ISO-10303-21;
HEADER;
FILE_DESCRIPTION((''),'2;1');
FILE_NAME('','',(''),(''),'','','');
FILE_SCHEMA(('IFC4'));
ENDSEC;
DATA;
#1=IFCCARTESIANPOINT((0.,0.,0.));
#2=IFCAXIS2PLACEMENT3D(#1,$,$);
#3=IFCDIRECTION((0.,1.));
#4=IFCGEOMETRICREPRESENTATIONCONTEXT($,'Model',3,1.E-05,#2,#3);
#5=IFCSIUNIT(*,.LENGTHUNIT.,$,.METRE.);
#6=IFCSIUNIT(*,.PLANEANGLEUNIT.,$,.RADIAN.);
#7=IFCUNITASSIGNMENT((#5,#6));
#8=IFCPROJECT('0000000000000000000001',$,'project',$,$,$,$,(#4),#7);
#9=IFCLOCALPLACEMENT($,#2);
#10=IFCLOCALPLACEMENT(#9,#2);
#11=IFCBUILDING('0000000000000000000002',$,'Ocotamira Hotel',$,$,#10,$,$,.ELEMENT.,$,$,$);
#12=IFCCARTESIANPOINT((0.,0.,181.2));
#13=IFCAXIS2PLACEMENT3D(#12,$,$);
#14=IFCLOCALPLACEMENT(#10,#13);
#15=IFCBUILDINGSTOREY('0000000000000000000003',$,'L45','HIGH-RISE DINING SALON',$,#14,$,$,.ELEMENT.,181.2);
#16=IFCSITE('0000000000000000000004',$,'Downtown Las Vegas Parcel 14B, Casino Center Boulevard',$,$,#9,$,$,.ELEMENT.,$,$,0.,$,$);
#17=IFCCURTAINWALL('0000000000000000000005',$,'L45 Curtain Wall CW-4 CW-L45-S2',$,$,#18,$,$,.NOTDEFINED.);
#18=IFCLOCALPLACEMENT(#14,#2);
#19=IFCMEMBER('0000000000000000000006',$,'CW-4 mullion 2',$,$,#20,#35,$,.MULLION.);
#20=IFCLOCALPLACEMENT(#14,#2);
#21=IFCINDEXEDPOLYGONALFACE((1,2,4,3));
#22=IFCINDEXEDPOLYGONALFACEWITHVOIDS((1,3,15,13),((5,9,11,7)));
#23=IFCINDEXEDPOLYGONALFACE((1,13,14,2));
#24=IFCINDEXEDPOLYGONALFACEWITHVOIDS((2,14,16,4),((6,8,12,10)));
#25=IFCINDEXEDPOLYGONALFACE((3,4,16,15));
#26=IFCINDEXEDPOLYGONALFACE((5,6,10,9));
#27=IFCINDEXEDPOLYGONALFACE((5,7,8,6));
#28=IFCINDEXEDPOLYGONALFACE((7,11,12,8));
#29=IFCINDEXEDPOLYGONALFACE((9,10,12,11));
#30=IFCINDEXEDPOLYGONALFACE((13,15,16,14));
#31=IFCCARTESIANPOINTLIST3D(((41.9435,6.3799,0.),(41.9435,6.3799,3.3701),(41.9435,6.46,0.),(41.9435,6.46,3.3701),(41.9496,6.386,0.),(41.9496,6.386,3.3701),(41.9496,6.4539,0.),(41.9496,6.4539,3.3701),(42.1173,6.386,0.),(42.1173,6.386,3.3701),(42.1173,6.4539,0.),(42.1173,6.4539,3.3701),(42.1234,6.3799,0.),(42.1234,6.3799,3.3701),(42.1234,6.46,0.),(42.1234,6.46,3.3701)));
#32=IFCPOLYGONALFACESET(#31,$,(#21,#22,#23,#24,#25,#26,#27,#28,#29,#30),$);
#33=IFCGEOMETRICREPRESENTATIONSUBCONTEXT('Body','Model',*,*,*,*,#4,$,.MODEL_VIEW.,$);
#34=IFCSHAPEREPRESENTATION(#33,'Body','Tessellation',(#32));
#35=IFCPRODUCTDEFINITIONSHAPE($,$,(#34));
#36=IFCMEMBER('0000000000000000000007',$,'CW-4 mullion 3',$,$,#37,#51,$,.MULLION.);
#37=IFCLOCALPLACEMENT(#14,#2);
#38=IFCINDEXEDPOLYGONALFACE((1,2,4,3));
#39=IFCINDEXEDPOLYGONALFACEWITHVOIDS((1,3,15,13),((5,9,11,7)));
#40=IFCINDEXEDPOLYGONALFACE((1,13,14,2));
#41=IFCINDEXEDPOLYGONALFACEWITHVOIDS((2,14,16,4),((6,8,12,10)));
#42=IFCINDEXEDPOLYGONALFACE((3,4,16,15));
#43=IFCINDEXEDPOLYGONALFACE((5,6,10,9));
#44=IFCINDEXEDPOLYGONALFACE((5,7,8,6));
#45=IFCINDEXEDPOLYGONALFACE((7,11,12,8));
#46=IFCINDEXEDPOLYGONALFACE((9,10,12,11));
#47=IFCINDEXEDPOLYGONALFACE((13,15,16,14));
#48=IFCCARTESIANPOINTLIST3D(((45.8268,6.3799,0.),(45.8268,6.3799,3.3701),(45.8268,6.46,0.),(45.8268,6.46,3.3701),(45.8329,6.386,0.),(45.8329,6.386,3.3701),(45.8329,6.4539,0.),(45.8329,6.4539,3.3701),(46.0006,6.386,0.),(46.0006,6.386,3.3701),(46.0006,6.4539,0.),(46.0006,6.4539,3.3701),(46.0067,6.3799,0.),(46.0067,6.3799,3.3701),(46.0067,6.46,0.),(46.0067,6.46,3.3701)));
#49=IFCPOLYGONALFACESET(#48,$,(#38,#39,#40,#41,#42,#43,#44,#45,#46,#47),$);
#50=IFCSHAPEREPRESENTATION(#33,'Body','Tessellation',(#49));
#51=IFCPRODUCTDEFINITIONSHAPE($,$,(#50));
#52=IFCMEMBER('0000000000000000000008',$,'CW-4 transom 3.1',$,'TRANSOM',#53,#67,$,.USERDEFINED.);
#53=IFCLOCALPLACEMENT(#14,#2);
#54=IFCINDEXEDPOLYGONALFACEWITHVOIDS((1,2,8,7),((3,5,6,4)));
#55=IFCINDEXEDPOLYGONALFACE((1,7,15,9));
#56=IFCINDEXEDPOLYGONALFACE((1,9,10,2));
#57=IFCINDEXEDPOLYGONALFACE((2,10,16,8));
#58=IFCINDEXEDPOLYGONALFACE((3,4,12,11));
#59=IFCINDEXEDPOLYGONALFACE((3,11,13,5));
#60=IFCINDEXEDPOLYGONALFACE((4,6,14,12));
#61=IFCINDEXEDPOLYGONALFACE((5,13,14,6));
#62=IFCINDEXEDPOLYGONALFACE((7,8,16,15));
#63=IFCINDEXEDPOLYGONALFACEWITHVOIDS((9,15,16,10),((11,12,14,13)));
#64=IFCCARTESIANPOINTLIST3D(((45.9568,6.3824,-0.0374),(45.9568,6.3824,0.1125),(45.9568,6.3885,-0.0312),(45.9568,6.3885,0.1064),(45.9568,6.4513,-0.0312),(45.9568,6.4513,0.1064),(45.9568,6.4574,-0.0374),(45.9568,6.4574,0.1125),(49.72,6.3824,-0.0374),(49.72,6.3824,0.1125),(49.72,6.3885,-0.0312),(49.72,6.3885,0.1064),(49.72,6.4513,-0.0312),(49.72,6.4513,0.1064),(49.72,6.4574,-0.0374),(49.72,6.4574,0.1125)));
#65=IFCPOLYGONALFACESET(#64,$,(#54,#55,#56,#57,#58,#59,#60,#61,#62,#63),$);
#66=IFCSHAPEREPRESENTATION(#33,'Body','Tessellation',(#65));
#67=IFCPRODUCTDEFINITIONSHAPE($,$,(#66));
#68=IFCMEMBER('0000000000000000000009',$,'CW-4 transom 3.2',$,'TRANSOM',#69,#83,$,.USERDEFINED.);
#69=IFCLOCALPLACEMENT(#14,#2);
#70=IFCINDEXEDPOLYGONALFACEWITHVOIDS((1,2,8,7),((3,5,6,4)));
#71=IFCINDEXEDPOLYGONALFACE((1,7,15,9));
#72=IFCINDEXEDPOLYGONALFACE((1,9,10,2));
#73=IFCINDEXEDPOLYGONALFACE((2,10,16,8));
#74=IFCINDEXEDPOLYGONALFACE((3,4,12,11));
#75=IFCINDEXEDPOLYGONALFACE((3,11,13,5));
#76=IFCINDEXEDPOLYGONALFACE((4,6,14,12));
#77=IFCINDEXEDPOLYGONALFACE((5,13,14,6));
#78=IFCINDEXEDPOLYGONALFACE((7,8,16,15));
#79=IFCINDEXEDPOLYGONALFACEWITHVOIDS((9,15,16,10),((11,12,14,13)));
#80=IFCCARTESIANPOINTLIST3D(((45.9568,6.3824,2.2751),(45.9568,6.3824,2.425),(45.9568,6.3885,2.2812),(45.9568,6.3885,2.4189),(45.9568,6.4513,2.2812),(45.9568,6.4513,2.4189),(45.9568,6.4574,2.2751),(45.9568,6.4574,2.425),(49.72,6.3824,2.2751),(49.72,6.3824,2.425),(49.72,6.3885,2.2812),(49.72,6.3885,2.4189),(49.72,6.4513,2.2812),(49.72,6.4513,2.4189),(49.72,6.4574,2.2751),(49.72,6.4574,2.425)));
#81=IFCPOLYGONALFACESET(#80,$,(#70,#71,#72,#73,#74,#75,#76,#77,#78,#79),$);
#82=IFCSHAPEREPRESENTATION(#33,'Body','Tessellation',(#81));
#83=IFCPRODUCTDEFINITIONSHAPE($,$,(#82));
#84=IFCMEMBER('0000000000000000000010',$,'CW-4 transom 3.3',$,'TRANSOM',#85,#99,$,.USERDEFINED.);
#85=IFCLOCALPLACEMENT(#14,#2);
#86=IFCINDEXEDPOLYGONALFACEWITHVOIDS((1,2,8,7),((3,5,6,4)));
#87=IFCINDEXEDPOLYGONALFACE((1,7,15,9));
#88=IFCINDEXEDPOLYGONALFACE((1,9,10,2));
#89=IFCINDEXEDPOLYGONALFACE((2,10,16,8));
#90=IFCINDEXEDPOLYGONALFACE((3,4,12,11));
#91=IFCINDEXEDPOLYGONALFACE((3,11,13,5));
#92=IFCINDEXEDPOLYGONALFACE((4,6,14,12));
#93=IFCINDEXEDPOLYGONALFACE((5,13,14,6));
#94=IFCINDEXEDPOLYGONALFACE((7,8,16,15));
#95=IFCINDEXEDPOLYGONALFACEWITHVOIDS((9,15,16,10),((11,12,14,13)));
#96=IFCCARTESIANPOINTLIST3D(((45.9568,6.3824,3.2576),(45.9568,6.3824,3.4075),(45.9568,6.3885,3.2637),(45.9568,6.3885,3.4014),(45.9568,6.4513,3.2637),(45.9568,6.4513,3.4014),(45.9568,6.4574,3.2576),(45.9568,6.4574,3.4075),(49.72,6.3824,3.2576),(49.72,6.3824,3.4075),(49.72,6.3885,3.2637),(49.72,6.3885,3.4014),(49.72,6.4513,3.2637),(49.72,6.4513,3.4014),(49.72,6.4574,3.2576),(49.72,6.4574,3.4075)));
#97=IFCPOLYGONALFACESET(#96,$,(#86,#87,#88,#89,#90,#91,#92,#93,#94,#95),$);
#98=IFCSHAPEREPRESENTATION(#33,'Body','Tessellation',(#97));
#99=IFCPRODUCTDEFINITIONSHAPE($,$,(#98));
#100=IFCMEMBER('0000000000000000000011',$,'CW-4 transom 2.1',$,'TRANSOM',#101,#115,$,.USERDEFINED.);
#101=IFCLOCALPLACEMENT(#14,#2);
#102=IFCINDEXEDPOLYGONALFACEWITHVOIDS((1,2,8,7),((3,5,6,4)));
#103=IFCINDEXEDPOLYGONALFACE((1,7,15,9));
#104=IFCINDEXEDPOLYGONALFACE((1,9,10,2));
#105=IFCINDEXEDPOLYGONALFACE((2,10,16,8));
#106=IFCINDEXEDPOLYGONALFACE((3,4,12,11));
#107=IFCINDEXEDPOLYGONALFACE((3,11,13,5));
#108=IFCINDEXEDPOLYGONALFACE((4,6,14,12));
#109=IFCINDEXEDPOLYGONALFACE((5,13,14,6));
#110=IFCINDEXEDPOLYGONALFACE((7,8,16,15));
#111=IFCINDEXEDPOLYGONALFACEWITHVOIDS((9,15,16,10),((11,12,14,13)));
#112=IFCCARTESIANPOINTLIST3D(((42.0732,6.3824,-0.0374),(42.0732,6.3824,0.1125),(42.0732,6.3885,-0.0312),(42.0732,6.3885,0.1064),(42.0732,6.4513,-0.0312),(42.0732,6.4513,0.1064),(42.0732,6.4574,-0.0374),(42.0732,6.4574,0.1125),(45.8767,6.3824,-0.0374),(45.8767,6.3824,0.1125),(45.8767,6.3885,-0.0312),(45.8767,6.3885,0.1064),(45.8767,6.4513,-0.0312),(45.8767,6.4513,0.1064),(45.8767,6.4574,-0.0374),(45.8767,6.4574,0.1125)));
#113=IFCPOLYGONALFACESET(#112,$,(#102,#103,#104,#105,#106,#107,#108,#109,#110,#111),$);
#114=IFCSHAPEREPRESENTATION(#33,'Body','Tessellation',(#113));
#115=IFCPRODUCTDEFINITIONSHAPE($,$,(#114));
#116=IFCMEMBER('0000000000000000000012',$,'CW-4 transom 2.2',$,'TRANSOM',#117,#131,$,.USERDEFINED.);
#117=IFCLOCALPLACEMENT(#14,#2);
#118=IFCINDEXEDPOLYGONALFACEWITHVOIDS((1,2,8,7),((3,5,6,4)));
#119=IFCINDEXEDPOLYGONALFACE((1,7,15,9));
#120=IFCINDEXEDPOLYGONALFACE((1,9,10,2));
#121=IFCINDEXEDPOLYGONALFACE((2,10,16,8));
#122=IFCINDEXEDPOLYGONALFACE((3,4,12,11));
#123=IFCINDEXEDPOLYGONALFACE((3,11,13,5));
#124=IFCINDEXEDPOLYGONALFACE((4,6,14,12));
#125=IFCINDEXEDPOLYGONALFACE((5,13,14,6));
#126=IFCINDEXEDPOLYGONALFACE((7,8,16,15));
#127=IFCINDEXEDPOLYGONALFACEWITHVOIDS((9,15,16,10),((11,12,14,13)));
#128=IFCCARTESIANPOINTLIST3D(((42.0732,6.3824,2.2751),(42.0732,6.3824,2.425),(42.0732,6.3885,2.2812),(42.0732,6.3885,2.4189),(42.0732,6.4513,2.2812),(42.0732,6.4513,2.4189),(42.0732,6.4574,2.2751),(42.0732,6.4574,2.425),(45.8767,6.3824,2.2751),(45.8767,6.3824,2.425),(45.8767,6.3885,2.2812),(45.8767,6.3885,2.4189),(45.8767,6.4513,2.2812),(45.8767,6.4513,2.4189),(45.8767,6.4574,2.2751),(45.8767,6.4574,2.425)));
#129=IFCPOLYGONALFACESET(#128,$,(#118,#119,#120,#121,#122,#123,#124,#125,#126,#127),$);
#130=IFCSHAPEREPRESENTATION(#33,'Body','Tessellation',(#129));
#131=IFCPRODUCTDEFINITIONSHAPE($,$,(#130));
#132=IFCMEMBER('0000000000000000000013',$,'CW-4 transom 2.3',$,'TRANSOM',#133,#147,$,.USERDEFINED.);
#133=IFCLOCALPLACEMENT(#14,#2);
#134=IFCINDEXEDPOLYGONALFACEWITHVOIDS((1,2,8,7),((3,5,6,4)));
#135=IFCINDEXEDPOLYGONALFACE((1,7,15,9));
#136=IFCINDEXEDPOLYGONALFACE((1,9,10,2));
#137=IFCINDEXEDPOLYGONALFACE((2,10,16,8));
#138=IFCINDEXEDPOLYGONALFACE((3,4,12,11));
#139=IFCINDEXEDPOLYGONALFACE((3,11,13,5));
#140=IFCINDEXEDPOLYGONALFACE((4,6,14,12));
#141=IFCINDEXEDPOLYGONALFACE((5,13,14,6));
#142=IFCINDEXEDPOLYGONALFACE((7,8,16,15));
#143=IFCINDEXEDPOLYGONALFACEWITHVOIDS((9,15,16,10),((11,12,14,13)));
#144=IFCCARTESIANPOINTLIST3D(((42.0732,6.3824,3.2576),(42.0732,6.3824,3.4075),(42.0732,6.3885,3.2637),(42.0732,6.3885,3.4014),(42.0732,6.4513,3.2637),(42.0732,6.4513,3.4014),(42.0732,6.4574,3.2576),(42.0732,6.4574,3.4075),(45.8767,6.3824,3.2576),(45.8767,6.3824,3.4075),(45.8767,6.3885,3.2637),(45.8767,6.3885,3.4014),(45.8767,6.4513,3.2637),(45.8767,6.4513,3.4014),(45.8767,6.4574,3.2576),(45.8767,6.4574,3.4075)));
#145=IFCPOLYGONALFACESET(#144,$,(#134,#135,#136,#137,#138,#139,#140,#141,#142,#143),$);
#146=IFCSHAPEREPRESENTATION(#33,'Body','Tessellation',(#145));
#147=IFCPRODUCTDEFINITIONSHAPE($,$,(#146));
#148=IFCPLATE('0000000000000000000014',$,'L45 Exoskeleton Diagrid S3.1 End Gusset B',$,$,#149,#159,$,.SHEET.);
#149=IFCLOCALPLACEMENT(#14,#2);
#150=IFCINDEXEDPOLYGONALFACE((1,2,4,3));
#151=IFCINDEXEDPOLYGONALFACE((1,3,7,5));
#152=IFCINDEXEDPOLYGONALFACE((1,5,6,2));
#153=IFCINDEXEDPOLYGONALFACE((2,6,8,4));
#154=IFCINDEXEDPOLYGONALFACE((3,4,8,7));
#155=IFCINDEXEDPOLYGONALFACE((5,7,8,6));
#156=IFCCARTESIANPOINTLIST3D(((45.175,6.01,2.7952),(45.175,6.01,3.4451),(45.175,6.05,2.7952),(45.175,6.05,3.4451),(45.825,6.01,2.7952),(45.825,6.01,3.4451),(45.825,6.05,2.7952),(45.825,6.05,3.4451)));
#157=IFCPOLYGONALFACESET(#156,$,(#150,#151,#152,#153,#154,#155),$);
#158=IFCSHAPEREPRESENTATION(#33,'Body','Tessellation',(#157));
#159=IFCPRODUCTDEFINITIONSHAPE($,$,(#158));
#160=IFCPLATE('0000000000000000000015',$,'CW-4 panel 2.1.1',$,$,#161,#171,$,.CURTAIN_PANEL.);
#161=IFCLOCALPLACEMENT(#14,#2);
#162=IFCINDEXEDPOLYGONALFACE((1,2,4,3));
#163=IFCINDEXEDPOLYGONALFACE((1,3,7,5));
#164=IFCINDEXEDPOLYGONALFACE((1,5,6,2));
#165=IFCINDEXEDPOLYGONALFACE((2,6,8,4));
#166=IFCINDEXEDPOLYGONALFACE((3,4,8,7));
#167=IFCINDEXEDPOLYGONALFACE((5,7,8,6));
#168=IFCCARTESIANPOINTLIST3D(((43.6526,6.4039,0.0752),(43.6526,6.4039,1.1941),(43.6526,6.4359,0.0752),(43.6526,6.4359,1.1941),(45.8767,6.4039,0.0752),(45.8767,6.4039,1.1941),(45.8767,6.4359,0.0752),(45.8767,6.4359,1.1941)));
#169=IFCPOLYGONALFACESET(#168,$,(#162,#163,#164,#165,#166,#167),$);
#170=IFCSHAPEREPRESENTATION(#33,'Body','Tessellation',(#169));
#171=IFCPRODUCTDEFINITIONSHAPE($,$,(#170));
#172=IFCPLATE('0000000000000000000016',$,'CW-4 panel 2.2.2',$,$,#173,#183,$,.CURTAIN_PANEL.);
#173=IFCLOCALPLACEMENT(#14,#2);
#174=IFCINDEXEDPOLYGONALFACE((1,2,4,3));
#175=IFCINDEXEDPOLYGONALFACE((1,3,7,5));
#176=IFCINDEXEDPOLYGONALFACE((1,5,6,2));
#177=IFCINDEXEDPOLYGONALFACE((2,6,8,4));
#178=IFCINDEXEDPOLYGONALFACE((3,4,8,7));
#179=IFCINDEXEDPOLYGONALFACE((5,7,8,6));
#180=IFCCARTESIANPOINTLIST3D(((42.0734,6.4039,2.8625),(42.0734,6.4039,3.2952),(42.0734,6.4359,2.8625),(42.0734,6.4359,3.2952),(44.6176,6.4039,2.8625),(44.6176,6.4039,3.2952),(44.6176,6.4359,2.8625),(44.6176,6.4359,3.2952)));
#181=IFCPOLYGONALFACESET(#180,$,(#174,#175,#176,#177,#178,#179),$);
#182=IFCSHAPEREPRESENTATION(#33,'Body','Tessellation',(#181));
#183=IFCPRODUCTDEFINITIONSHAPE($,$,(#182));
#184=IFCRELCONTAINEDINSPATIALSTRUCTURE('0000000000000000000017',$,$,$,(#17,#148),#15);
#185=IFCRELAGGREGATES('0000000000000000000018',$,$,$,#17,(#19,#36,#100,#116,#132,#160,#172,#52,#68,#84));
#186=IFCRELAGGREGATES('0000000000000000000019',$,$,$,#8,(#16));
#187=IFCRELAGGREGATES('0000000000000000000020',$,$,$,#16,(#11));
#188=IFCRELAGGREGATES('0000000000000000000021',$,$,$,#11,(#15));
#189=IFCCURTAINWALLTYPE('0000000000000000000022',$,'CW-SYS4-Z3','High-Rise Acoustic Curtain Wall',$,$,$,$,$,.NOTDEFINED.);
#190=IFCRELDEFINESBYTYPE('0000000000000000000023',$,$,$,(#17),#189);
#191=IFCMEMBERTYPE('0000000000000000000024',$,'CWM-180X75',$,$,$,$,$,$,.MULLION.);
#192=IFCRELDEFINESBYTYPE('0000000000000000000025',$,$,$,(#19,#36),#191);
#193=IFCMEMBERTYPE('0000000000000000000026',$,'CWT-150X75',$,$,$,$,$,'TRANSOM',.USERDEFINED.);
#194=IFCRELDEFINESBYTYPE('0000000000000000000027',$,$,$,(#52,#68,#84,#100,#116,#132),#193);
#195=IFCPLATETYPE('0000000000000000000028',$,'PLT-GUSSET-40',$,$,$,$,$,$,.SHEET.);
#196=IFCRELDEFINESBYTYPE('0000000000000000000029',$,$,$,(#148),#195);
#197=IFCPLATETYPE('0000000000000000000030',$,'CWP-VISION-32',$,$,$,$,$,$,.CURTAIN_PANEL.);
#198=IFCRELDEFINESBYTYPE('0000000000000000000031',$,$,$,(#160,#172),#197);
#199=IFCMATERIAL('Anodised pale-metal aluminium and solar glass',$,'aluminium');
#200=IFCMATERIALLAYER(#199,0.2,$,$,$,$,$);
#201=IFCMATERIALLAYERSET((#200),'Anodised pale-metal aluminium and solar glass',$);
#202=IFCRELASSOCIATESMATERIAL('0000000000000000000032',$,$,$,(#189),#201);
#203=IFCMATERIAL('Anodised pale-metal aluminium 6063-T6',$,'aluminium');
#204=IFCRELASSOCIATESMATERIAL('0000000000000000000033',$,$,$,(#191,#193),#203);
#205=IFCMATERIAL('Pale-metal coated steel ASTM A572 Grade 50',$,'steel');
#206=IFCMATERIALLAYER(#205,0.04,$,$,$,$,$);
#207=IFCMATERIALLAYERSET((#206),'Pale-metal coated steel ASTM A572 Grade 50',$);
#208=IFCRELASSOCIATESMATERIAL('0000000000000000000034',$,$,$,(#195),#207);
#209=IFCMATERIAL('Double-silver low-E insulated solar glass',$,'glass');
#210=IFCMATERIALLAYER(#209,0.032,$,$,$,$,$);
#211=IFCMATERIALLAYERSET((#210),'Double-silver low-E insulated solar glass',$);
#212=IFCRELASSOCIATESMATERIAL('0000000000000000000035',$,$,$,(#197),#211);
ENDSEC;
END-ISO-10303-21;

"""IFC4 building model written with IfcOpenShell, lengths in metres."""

from ifc_helpers import new_model, si_unit, direction, frame, origin, origin_2d, place, context, subcontext, project, spatial, rectangle, hollow_rectangle, extrude, source, transform, mapped, material, layer, layer_set, material_profile, profile_set, type_object, element, aggregate, save


model = new_model("IFC4")

# Units and contexts
model_context = context("Model", 3, precision=1e-05, world=origin(), true_north=direction((0.0, 1.0)))
body_context = subcontext(model_context, "Body", "Model", "MODEL_VIEW")
ifc_project = project(units=[si_unit("LENGTHUNIT", "METRE"), si_unit("PLANEANGLEUNIT", "RADIAN")], contexts=[model_context])

# Site, building, storey
site_placement = place(None, origin())
site = spatial("IfcSite", under=ifc_project, at=site_placement, Name="Downtown Las Vegas Parcel 14B, Casino Center Boulevard", CompositionType="ELEMENT", RefElevation=0.0)
building_placement = place(site_placement, origin())
building = spatial("IfcBuilding", under=site, at=building_placement, Name="Ocotamira Hotel", CompositionType="ELEMENT")
storey_placement = place(building_placement, frame((0.0, 0.0, 181.2)))
storey = spatial("IfcBuildingStorey", under=building, at=storey_placement, Name="L45", Description="HIGH-RISE DINING SALON", CompositionType="ELEMENT", Elevation=181.2)

# Curtain wall, members
ifc_material_1 = material(Name="Anodised pale-metal aluminium and solar glass", Category="aluminium")
ifc_layer_1 = layer(ifc_material_1, 0.2)
ifc_layer_set_1 = layer_set([ifc_layer_1], Name="Anodised pale-metal aluminium and solar glass")
curtain_wall_type = type_object("IfcCurtainWallType", Name="CW-SYS4-Z3", Description="High-Rise Acoustic Curtain Wall", PredefinedType="NOTDEFINED", material=ifc_layer_set_1)
curtain_wall_placement = place(storey_placement, origin())
curtain_wall = element("IfcCurtainWall", 1, at=curtain_wall_placement, inside=storey, type_object=curtain_wall_type, Name="L45 Curtain Wall CW-4 CW-L45-S2", PredefinedType="NOTDEFINED")
ifc_material_2 = material(Name="Anodised pale-metal aluminium 6063-T6", Category="aluminium")
ifc_material_profile_1 = material_profile(ifc_material_2, hollow_rectangle(XDim=0.0801, YDim=0.1799, WallThickness=0.0061, at=origin_2d()), Name="HSS180X80X6")
ifc_profile_set_1 = profile_set([ifc_material_profile_1], Name="Anodised pale-metal aluminium 6063-T6")
member_type_1 = type_object("IfcMemberType", Name="CWM-180X75", PredefinedType="MULLION", material=ifc_profile_set_1)
shared_shape_1 = source(origin(), body_context, "Body", "SweptSolid", [
    extrude(hollow_rectangle(XDim=0.0801, YDim=0.1799, WallThickness=0.0061, at=origin_2d()), origin(), (0.0, 0.0, 1.0), 3.3701),
])
member_1_placement = place(storey_placement, frame((42.0334, 6.4199, 0.0), z_axis=(0.0, 0.0, 1.0), x_axis=(0.0, 1.0, 0.0)))
member_1 = element("IfcMember", 2, at=member_1_placement, type_object=member_type_1, Name="CW-4 mullion 2", PredefinedType="MULLION", context=body_context, shape_type="MappedRepresentation", body=[
    mapped(shared_shape_1, transform((0.0, 0.0, 0.0), scale=1.0)),
])
member_2_placement = place(storey_placement, frame((45.9167, 6.4199, 0.0), z_axis=(0.0, 0.0, 1.0), x_axis=(0.0, 1.0, 0.0)))
member_2 = element("IfcMember", 3, at=member_2_placement, type_object=member_type_1, Name="CW-4 mullion 3", PredefinedType="MULLION", context=body_context, shape_type="MappedRepresentation", body=[
    mapped(shared_shape_1, transform((0.0, 0.0, 0.0), scale=1.0)),
])
ifc_material_profile_2 = material_profile(ifc_material_2, hollow_rectangle(XDim=0.075, YDim=0.1499, WallThickness=0.0061, at=origin_2d()), Name="HSS150X75X6")
ifc_profile_set_2 = profile_set([ifc_material_profile_2], Name="Anodised pale-metal aluminium 6063-T6")
member_type_2 = type_object("IfcMemberType", Name="CWT-150X75", ElementType="TRANSOM", PredefinedType="USERDEFINED", material=ifc_profile_set_2)
shared_shape_2 = source(origin(), body_context, "Body", "SweptSolid", [
    extrude(hollow_rectangle(XDim=0.075, YDim=0.1499, WallThickness=0.0061, at=origin_2d()), origin(), (0.0, 0.0, 1.0), 3.7632),
])
member_3_placement = place(storey_placement, frame((45.9568, 6.4199, 0.0376), z_axis=(1.0, 0.0, 0.0), x_axis=(0.0, 1.0, 0.0)))
member_3 = element("IfcMember", 4, at=member_3_placement, type_object=member_type_2, Name="CW-4 transom 3.1", ObjectType="TRANSOM", PredefinedType="USERDEFINED", context=body_context, shape_type="MappedRepresentation", body=[
    mapped(shared_shape_2, transform((0.0, 0.0, 0.0), scale=1.0)),
])
member_4_placement = place(storey_placement, frame((45.9568, 6.4199, 2.3501), z_axis=(1.0, 0.0, 0.0), x_axis=(0.0, 1.0, 0.0)))
member_4 = element("IfcMember", 5, at=member_4_placement, type_object=member_type_2, Name="CW-4 transom 3.2", ObjectType="TRANSOM", PredefinedType="USERDEFINED", context=body_context, shape_type="MappedRepresentation", body=[
    mapped(shared_shape_2, transform((0.0, 0.0, 0.0), scale=1.0)),
])
member_5_placement = place(storey_placement, frame((45.9568, 6.4199, 3.3325), z_axis=(1.0, 0.0, 0.0), x_axis=(0.0, 1.0, 0.0)))
member_5 = element("IfcMember", 6, at=member_5_placement, type_object=member_type_2, Name="CW-4 transom 3.3", ObjectType="TRANSOM", PredefinedType="USERDEFINED", context=body_context, shape_type="MappedRepresentation", body=[
    mapped(shared_shape_2, transform((0.0, 0.0, 0.0), scale=1.0)),
])
shared_shape_3 = source(origin(), body_context, "Body", "SweptSolid", [
    extrude(hollow_rectangle(XDim=0.075, YDim=0.1499, WallThickness=0.0061, at=origin_2d()), origin(), (0.0, 0.0, 1.0), 3.8035),
])
member_6_placement = place(storey_placement, frame((42.0732, 6.4199, 0.0376), z_axis=(1.0, 0.0, 0.0), x_axis=(0.0, 1.0, 0.0)))
member_6 = element("IfcMember", 7, at=member_6_placement, type_object=member_type_2, Name="CW-4 transom 2.1", ObjectType="TRANSOM", PredefinedType="USERDEFINED", context=body_context, shape_type="MappedRepresentation", body=[
    mapped(shared_shape_3, transform((0.0, 0.0, 0.0), scale=1.0)),
])
member_7_placement = place(storey_placement, frame((42.0732, 6.4199, 2.3501), z_axis=(1.0, 0.0, 0.0), x_axis=(0.0, 1.0, 0.0)))
member_7 = element("IfcMember", 8, at=member_7_placement, type_object=member_type_2, Name="CW-4 transom 2.2", ObjectType="TRANSOM", PredefinedType="USERDEFINED", context=body_context, shape_type="MappedRepresentation", body=[
    mapped(shared_shape_3, transform((0.0, 0.0, 0.0), scale=1.0)),
])
member_8_placement = place(storey_placement, frame((42.0732, 6.4199, 3.3325), z_axis=(1.0, 0.0, 0.0), x_axis=(0.0, 1.0, 0.0)))
member_8 = element("IfcMember", 9, at=member_8_placement, type_object=member_type_2, Name="CW-4 transom 2.3", ObjectType="TRANSOM", PredefinedType="USERDEFINED", context=body_context, shape_type="MappedRepresentation", body=[
    mapped(shared_shape_3, transform((0.0, 0.0, 0.0), scale=1.0)),
])

# Plates
ifc_material_3 = material(Name="Pale-metal coated steel ASTM A572 Grade 50", Category="steel")
ifc_layer_2 = layer(ifc_material_3, 0.04)
ifc_layer_set_2 = layer_set([ifc_layer_2], Name="Pale-metal coated steel ASTM A572 Grade 50")
plate_type_1 = type_object("IfcPlateType", Name="PLT-GUSSET-40", PredefinedType="SHEET", material=ifc_layer_set_2)
shared_shape_4 = source(origin(), body_context, "Body", "SweptSolid", [
    extrude(rectangle(XDim=0.6499, YDim=0.04, at=origin_2d()), origin(), (0.0, 0.0, 1.0), 0.6499),
])
plate_1_placement = place(storey_placement, frame((45.5, 6.03, 2.7952), z_axis=(0.0, 0.0, 1.0), x_axis=(1.0, 0.0, 0.0)))
element("IfcPlate", 10, at=plate_1_placement, inside=storey, type_object=plate_type_1, Name="L45 Exoskeleton Diagrid S3.1 End Gusset B", PredefinedType="SHEET", context=body_context, shape_type="MappedRepresentation", body=[
    mapped(shared_shape_4, transform((0.0, 0.0, 0.0), scale=1.0)),
])
ifc_material_4 = material(Name="Double-silver low-E insulated solar glass", Category="glass")
ifc_layer_3 = layer(ifc_material_4, 0.032)
ifc_layer_set_3 = layer_set([ifc_layer_3], Name="Double-silver low-E insulated solar glass")
plate_type_2 = type_object("IfcPlateType", Name="CWP-VISION-32", PredefinedType="CURTAIN_PANEL", material=ifc_layer_set_3)
shared_shape_5 = source(origin(), body_context, "Body", "SweptSolid", [
    extrude(rectangle(XDim=2.2241, YDim=0.032, at=origin_2d()), origin(), (0.0, 0.0, 1.0), 1.1189),
])
plate_2_placement = place(storey_placement, frame((44.7646, 6.4199, 0.0752), z_axis=(0.0, 0.0, 1.0), x_axis=(1.0, 0.0, 0.0)))
plate_2 = element("IfcPlate", 11, at=plate_2_placement, type_object=plate_type_2, Name="CW-4 panel 2.1.1", PredefinedType="CURTAIN_PANEL", context=body_context, shape_type="MappedRepresentation", body=[
    mapped(shared_shape_5, transform((0.0, 0.0, 0.0), scale=1.0)),
])
shared_shape_6 = source(origin(), body_context, "Body", "SweptSolid", [
    extrude(rectangle(XDim=2.5442, YDim=0.032, at=origin_2d()), origin(), (0.0, 0.0, 1.0), 0.4326),
])
plate_3_placement = place(storey_placement, frame((43.3455, 6.4199, 2.8625), z_axis=(0.0, 0.0, 1.0), x_axis=(1.0, 0.0, 0.0)))
plate_3 = element("IfcPlate", 12, at=plate_3_placement, type_object=plate_type_2, Name="CW-4 panel 2.2.2", PredefinedType="CURTAIN_PANEL", context=body_context, shape_type="MappedRepresentation", body=[
    mapped(shared_shape_6, transform((0.0, 0.0, 0.0), scale=1.0)),
])
aggregate(curtain_wall, [member_1, member_2, member_6, member_7, member_8, plate_2, plate_3, member_3, member_4, member_5])

save(model, "model.ifc")
